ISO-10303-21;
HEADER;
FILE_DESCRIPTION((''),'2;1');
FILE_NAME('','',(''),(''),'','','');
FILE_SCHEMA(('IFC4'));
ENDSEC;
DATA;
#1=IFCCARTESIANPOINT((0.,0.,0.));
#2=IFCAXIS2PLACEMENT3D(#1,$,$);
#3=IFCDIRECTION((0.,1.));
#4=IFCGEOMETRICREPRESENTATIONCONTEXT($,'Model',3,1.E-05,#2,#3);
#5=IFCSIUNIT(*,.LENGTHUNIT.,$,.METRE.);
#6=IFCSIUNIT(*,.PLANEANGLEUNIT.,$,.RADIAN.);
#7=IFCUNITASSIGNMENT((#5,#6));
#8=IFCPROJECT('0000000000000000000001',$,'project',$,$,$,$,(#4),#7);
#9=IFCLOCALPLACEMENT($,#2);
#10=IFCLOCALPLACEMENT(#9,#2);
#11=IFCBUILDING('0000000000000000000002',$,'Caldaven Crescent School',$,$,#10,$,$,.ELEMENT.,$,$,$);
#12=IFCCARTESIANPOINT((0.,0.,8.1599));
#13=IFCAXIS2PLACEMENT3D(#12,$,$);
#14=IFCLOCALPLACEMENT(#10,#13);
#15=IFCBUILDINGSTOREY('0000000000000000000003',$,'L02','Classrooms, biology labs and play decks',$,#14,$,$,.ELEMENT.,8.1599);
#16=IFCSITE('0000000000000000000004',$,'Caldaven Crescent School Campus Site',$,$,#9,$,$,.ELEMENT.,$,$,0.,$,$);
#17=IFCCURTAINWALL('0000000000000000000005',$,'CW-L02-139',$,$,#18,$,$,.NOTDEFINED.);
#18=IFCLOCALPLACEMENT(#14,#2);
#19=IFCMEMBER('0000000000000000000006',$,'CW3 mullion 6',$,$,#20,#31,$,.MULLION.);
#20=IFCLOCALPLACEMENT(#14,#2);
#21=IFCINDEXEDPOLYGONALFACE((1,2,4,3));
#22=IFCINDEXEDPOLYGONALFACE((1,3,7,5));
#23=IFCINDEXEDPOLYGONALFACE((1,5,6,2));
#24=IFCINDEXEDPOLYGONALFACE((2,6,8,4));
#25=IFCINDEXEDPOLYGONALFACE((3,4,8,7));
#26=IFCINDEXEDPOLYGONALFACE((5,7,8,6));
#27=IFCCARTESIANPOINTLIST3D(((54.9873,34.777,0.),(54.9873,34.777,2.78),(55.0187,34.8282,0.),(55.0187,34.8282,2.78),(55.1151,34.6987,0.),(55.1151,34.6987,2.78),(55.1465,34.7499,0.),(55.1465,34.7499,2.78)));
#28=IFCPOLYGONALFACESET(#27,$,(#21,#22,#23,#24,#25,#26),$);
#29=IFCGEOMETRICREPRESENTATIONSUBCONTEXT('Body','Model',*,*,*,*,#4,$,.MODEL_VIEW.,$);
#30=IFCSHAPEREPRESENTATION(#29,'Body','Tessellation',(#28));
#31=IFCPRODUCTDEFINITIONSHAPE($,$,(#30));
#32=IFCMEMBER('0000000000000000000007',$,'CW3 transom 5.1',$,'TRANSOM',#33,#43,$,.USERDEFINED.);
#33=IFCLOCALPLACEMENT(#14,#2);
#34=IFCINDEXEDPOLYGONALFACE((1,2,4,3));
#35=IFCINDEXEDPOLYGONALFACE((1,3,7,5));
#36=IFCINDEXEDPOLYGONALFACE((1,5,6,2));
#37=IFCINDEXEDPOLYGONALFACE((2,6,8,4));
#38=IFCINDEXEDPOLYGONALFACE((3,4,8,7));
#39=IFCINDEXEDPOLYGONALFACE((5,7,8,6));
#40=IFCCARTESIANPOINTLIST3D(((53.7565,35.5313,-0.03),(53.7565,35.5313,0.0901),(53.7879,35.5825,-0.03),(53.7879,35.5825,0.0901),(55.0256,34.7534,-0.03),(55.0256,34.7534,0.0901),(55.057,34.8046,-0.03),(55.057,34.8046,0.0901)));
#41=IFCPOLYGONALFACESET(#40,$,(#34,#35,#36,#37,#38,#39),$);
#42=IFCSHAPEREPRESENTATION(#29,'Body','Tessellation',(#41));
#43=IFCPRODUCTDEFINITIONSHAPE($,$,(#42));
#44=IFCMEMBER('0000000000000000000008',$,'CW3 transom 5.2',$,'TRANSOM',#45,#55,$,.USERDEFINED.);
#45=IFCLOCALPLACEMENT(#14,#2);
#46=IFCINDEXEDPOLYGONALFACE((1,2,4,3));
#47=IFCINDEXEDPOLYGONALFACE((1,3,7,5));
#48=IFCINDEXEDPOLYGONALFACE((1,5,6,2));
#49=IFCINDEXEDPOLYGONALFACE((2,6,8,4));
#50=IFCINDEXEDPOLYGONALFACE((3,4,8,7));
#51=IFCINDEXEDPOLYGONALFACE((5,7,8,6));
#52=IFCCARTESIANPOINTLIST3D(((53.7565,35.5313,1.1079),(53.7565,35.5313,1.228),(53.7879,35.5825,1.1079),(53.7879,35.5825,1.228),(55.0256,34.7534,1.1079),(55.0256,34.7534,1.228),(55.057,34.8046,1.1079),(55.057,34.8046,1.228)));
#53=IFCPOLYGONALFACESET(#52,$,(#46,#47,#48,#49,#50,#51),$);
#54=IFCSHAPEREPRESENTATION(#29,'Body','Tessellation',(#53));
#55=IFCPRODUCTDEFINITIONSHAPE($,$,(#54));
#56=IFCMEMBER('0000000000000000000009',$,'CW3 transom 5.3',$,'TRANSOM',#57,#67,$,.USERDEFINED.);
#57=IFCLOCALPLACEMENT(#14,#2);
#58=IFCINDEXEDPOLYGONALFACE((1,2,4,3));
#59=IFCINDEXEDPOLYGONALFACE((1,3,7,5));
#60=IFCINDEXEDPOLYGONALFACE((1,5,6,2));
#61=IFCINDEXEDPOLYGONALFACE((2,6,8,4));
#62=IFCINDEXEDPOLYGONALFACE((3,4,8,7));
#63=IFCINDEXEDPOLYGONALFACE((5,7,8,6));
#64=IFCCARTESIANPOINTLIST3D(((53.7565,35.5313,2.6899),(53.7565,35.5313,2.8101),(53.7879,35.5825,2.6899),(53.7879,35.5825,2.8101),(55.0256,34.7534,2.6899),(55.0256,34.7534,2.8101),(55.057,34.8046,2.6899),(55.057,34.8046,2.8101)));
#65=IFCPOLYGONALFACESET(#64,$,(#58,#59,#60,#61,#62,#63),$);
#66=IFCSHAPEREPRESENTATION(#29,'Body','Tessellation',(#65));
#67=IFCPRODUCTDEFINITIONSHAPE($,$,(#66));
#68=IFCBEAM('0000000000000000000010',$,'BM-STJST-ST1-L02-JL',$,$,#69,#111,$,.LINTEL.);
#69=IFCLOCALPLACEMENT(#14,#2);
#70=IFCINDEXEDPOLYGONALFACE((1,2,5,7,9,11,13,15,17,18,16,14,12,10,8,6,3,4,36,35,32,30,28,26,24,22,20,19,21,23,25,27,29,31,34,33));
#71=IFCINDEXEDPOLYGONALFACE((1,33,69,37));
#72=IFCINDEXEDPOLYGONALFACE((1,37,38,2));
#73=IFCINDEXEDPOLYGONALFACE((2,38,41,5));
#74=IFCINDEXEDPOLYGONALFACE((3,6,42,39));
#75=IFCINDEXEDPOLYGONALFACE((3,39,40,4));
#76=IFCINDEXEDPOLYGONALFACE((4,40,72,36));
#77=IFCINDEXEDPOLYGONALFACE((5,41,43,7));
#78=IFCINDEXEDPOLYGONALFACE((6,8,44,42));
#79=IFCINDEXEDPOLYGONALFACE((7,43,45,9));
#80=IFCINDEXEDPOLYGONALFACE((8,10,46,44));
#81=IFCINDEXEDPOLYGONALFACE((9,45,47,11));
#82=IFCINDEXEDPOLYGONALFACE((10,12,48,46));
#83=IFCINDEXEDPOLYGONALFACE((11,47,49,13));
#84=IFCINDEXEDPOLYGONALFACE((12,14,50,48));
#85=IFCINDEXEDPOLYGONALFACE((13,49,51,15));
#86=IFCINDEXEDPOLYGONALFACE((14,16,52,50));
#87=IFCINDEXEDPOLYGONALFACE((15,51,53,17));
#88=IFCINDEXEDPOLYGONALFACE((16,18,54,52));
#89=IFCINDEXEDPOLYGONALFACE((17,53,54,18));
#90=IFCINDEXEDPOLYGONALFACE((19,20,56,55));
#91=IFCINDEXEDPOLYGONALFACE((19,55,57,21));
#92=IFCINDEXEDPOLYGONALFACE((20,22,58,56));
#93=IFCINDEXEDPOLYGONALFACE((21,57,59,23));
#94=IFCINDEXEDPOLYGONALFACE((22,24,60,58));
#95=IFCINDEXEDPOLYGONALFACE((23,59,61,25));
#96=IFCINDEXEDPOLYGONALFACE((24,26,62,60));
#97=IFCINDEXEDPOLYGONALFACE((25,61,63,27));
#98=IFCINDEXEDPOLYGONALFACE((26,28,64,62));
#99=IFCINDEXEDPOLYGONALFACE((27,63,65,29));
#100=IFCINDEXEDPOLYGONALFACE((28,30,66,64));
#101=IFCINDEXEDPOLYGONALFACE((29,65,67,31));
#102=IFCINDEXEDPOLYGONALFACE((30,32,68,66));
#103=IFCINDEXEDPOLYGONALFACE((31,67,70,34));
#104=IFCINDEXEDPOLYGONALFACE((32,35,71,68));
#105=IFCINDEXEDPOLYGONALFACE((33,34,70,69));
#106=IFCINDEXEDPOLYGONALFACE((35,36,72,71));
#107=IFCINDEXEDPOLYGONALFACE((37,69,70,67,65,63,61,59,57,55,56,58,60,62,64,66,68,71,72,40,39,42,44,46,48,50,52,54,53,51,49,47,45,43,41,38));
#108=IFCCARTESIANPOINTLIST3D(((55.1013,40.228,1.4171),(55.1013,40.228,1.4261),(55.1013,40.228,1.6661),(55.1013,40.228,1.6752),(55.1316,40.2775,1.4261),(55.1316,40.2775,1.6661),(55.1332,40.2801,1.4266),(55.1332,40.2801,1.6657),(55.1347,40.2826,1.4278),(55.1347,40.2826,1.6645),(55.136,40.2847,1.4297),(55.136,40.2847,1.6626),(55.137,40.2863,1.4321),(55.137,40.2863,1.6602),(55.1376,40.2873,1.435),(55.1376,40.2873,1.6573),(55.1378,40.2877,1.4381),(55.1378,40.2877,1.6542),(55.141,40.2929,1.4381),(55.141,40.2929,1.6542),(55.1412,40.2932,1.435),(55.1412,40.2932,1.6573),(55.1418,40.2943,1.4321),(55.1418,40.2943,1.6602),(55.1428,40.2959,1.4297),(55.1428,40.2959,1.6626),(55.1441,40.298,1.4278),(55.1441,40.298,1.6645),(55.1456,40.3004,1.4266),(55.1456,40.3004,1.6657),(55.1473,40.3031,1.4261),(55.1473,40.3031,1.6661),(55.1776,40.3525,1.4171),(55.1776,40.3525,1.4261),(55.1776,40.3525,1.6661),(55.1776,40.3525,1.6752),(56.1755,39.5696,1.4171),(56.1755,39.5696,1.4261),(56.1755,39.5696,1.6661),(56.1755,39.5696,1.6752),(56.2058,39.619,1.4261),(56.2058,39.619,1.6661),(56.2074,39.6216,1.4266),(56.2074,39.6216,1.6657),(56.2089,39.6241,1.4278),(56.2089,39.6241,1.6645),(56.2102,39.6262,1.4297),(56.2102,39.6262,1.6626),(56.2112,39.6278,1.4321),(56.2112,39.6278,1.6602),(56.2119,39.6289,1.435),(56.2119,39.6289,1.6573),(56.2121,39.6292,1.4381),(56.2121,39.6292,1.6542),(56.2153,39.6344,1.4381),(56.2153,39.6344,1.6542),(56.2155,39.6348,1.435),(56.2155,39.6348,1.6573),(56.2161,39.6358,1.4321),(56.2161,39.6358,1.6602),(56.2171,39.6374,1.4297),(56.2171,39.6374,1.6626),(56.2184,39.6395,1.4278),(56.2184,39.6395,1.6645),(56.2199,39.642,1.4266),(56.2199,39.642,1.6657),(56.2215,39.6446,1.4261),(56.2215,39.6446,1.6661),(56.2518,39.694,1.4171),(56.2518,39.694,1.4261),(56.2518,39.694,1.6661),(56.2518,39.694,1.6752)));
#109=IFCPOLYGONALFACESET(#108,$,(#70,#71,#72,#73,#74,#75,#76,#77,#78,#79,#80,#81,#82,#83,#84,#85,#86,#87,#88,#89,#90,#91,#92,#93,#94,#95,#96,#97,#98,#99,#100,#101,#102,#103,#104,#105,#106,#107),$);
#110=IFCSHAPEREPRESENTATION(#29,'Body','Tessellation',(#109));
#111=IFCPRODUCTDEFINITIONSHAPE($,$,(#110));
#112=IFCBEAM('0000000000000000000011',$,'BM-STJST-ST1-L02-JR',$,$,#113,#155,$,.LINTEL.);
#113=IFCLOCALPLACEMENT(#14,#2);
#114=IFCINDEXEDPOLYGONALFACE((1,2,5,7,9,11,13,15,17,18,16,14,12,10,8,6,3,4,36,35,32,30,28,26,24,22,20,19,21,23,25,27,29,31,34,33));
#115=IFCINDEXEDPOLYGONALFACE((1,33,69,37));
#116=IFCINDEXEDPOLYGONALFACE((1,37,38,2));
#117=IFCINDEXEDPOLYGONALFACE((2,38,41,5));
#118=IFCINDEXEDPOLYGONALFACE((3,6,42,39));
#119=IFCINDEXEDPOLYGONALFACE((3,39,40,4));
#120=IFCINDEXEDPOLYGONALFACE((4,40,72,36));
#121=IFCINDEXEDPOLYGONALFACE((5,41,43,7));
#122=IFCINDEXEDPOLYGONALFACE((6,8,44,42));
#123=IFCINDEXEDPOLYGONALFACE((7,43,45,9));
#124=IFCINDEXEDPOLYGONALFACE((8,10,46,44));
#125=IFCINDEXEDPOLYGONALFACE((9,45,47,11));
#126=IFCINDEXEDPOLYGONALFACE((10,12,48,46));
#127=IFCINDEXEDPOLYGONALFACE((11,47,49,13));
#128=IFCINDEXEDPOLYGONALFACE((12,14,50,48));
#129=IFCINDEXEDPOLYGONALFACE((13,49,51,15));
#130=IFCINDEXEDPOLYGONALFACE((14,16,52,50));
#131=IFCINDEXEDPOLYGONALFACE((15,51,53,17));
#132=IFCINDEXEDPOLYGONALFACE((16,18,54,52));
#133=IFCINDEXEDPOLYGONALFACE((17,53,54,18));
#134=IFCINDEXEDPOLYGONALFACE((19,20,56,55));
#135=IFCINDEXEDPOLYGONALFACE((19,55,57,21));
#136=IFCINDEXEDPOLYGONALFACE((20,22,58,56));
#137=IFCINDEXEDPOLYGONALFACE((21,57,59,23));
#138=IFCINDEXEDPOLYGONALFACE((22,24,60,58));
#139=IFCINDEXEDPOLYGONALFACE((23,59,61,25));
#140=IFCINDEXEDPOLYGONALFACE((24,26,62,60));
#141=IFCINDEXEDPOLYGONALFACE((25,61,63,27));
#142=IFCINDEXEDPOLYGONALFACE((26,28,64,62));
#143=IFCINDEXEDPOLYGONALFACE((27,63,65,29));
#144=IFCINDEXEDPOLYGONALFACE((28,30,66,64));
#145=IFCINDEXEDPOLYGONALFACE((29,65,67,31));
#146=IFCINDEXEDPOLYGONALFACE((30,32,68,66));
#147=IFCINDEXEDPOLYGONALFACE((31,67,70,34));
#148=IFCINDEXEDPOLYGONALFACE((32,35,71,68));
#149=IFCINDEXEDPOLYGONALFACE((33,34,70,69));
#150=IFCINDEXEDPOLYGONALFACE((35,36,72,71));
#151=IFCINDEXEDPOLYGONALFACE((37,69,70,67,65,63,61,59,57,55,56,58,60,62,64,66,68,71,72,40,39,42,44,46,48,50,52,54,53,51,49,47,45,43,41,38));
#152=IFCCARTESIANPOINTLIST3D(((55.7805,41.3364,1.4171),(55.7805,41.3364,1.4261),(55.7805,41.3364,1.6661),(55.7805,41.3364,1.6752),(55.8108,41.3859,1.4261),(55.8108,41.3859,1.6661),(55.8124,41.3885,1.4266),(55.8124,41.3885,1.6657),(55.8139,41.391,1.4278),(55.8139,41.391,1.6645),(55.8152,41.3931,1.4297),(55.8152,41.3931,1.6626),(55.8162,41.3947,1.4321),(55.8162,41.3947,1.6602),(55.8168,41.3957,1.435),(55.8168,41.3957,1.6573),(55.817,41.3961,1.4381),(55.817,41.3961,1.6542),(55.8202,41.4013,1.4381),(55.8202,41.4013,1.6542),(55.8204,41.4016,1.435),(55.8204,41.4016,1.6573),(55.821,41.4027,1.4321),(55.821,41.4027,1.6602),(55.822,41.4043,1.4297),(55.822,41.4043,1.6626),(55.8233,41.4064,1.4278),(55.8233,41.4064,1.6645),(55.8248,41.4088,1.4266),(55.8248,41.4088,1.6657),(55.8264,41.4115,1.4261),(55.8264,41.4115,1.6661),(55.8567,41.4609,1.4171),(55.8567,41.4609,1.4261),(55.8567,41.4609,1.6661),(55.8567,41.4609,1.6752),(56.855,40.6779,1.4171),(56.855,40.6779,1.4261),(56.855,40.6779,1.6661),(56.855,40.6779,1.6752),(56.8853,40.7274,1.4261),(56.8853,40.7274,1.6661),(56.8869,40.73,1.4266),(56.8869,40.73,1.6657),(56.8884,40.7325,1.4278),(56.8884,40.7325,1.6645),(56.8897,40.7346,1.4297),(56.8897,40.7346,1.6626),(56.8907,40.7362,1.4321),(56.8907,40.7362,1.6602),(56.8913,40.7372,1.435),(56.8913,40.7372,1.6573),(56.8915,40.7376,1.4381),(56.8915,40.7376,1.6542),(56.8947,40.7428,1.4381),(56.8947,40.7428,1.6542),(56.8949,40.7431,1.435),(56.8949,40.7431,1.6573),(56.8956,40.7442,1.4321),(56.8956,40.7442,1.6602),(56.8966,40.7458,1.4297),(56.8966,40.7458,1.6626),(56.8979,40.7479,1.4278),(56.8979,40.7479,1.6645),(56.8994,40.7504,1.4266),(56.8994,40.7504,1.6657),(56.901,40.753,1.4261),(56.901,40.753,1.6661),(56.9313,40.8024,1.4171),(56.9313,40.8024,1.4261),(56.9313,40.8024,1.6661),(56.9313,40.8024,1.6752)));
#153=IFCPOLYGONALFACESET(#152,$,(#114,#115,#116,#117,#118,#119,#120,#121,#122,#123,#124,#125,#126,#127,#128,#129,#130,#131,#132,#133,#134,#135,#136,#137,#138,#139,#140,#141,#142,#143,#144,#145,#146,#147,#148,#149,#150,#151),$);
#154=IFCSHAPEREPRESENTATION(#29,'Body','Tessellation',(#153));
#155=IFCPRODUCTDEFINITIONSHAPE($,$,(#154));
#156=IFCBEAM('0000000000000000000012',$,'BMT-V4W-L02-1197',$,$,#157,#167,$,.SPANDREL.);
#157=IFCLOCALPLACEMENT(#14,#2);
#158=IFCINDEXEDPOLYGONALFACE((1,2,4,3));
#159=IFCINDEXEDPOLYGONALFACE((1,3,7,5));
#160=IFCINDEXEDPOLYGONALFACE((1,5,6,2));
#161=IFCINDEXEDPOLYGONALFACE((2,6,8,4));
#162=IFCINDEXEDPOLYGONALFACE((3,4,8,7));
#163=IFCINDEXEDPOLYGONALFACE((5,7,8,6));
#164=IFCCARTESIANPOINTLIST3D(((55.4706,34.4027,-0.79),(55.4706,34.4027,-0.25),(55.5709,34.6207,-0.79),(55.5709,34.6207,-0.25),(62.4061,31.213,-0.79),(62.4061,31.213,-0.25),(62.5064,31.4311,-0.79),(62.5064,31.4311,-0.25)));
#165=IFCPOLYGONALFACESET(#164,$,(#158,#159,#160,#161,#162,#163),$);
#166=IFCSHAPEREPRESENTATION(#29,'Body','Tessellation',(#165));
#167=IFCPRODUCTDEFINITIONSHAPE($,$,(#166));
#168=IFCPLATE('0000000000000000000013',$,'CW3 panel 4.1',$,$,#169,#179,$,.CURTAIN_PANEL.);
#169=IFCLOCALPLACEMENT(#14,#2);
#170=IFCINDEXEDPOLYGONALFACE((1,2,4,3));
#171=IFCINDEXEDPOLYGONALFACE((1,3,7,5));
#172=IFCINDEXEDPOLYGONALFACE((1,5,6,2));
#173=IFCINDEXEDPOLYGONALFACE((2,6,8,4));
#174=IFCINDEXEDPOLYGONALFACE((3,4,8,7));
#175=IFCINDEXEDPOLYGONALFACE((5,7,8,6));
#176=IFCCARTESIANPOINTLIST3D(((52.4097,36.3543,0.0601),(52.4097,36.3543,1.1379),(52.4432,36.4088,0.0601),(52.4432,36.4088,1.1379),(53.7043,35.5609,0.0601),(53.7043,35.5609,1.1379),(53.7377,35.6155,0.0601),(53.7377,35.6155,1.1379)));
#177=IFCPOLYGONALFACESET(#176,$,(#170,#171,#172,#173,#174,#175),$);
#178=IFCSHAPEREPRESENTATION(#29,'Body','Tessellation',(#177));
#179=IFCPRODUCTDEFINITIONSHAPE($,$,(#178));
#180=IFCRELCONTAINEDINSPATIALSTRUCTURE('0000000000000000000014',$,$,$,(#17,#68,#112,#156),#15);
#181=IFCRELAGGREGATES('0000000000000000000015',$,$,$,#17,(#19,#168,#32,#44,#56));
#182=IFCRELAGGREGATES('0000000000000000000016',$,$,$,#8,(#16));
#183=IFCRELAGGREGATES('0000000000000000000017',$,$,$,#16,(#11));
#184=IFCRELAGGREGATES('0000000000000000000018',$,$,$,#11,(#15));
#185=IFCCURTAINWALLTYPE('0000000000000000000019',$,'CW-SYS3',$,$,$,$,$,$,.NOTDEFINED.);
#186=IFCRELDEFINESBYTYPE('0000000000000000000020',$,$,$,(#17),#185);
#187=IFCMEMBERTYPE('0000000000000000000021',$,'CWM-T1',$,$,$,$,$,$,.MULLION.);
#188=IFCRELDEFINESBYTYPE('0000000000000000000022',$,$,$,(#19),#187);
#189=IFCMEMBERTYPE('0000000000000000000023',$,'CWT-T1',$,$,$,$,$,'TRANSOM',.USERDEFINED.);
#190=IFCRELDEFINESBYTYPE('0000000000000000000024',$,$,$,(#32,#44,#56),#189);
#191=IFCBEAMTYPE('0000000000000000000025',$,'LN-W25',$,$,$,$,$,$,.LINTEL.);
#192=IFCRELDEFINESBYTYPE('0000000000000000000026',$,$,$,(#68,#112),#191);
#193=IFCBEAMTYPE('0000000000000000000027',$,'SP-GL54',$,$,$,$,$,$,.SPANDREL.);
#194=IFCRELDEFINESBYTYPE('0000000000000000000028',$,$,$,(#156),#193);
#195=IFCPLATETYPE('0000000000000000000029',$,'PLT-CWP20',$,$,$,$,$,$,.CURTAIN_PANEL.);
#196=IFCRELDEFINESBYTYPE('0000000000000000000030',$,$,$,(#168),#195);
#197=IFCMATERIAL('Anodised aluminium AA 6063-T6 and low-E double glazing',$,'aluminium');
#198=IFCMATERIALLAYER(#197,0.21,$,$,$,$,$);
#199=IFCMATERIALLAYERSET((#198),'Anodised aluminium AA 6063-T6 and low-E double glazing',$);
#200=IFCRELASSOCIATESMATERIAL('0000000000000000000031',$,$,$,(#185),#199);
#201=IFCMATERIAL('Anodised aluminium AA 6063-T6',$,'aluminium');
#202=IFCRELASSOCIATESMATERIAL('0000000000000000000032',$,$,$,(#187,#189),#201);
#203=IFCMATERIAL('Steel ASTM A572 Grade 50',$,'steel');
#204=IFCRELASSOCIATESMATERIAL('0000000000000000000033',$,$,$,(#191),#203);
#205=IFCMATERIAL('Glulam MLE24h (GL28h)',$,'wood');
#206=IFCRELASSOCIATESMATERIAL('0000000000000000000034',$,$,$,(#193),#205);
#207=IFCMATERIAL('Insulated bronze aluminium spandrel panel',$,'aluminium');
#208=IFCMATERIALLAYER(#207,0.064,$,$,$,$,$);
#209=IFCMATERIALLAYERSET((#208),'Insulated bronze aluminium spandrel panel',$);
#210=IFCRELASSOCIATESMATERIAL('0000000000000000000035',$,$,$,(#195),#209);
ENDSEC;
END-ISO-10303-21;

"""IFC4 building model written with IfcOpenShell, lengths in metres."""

from ifc_helpers import new_model, si_unit, direction, frame, origin, origin_2d, place, context, subcontext, project, spatial, rectangle, i_section, extrude, material, layer, layer_set, material_profile, profile_set, type_object, element, aggregate, save


model = new_model("IFC4")

# Units and contexts
model_context = context("Model", 3, precision=1e-05, world=origin(), true_north=direction((0.0, 1.0)))
body_context = subcontext(model_context, "Body", "Model", "MODEL_VIEW")
ifc_project = project(units=[si_unit("LENGTHUNIT", "METRE"), si_unit("PLANEANGLEUNIT", "RADIAN")], contexts=[model_context])

# Site, building, storey
site_placement = place(None, origin())
site = spatial("IfcSite", under=ifc_project, at=site_placement, Name="Caldaven Crescent School Campus Site", CompositionType="ELEMENT", RefElevation=0.0)
building_placement = place(site_placement, origin())
building = spatial("IfcBuilding", under=site, at=building_placement, Name="Caldaven Crescent School", CompositionType="ELEMENT")
storey_placement = place(building_placement, frame((0.0, 0.0, 8.1599)))
storey = spatial("IfcBuildingStorey", under=building, at=storey_placement, Name="L02", Description="Classrooms, biology labs and play decks", CompositionType="ELEMENT", Elevation=8.1599)

# Shared definitions
ifc_material_1 = material(Name="Glulam MLE24h (GL28h)", Category="wood")
ifc_material_2 = material(Name="Steel ASTM A572 Grade 50", Category="steel")

# Curtain wall, members
ifc_material_3 = material(Name="Anodised aluminium AA 6063-T6 and low-E double glazing", Category="aluminium")
ifc_layer_1 = layer(ifc_material_3, 0.21)
ifc_layer_set_1 = layer_set([ifc_layer_1], Name="Anodised aluminium AA 6063-T6 and low-E double glazing")
curtain_wall_type = type_object("IfcCurtainWallType", Name="CW-SYS3", PredefinedType="NOTDEFINED", material=ifc_layer_set_1)
curtain_wall_placement = place(storey_placement, origin())
curtain_wall = element("IfcCurtainWall", 1, at=curtain_wall_placement, inside=storey, type_object=curtain_wall_type, Name="CW-L02-139", PredefinedType="NOTDEFINED")
ifc_material_4 = material(Name="Anodised aluminium AA 6063-T6", Category="aluminium")
ifc_material_profile_1 = material_profile(ifc_material_4, rectangle(XDim=0.0601, YDim=0.1499, at=origin_2d()), Name="CWM 60x150")
ifc_profile_set_1 = profile_set([ifc_material_profile_1], Name="Anodised aluminium AA 6063-T6")
member_type_1 = type_object("IfcMemberType", Name="CWM-T1", PredefinedType="MULLION", material=ifc_profile_set_1)
member_1_placement = place(storey_placement, frame((55.0669, 34.7634, 0.0), z_axis=(0.0, 0.0, 1.0), x_axis=(0.522499, 0.85264, 0.0)))
member_1 = element("IfcMember", 2, at=member_1_placement, type_object=member_type_1, Name="CW3 mullion 6", PredefinedType="MULLION", context=body_context, shape_type="SweptSolid", body=[
    extrude(rectangle(XDim=0.0601, YDim=0.1499, at=origin_2d()), origin(), (0.0, 0.0, 1.0), 2.78),
])
ifc_material_profile_2 = material_profile(ifc_material_4, rectangle(XDim=0.0601, YDim=0.1201, at=origin_2d()), Name="CWT 60x120")
ifc_profile_set_2 = profile_set([ifc_material_profile_2], Name="Anodised aluminium AA 6063-T6")
member_type_2 = type_object("IfcMemberType", Name="CWT-T1", ElementType="TRANSOM", PredefinedType="USERDEFINED", material=ifc_profile_set_2)
member_2_placement = place(storey_placement, frame((53.7722, 35.5569, 0.03), z_axis=(0.852592, -0.522577, 0.0), x_axis=(0.522577, 0.852592, 0.0)))
member_2 = element("IfcMember", 3, at=member_2_placement, type_object=member_type_2, Name="CW3 transom 5.1", ObjectType="TRANSOM", PredefinedType="USERDEFINED", context=body_context, shape_type="SweptSolid", body=[
    extrude(rectangle(XDim=0.0601, YDim=0.1201, at=origin_2d()), origin(), (0.0, 0.0, 1.0), 1.4885),
])
member_3_placement = place(storey_placement, frame((53.7722, 35.5569, 1.168), z_axis=(0.852592, -0.522577, 0.0), x_axis=(0.522577, 0.852592, 0.0)))
member_3 = element("IfcMember", 4, at=member_3_placement, type_object=member_type_2, Name="CW3 transom 5.2", ObjectType="TRANSOM", PredefinedType="USERDEFINED", context=body_context, shape_type="SweptSolid", body=[
    extrude(rectangle(XDim=0.0601, YDim=0.1201, at=origin_2d()), origin(), (0.0, 0.0, 1.0), 1.4885),
])
member_4_placement = place(storey_placement, frame((53.7722, 35.5569, 2.75), z_axis=(0.852592, -0.522577, 0.0), x_axis=(0.522577, 0.852592, 0.0)))
member_4 = element("IfcMember", 5, at=member_4_placement, type_object=member_type_2, Name="CW3 transom 5.3", ObjectType="TRANSOM", PredefinedType="USERDEFINED", context=body_context, shape_type="SweptSolid", body=[
    extrude(rectangle(XDim=0.0601, YDim=0.1201, at=origin_2d()), origin(), (0.0, 0.0, 1.0), 1.4885),
])

# Beams
ifc_material_profile_3 = material_profile(ifc_material_2, i_section(OverallWidth=0.146, OverallDepth=0.2581, WebThickness=0.0061, FlangeThickness=0.009, FilletRadius=0.012, at=origin_2d()), Name="W250x33")
ifc_profile_set_3 = profile_set([ifc_material_profile_3], Name="Steel ASTM A572 Grade 50")
beam_type_1 = type_object("IfcBeamType", Name="LN-W25", PredefinedType="LINTEL", material=ifc_profile_set_3)
beam_1_placement = place(storey_placement, frame((55.1394, 40.2903, 1.5461), z_axis=(0.852582, -0.522594, 0.0), x_axis=(0.522594, 0.852582, 0.0)))
element("IfcBeam", 6, at=beam_1_placement, inside=storey, type_object=beam_type_1, Name="BM-STJST-ST1-L02-JL", PredefinedType="LINTEL", context=body_context, shape_type="SweptSolid", body=[
    extrude(i_section(OverallWidth=0.146, OverallDepth=0.2581, WebThickness=0.0061, FlangeThickness=0.009, FilletRadius=0.012, at=origin_2d()), origin(), (0.0, 0.0, 1.0), 1.26),
])
beam_2_placement = place(storey_placement, frame((55.8186, 41.3987, 1.5461), z_axis=(0.852635, -0.522508, 0.0), x_axis=(0.522508, 0.852635, 0.0)))
element("IfcBeam", 7, at=beam_2_placement, inside=storey, type_object=beam_type_1, Name="BM-STJST-ST1-L02-JR", PredefinedType="LINTEL", context=body_context, shape_type="SweptSolid", body=[
    extrude(i_section(OverallWidth=0.146, OverallDepth=0.2581, WebThickness=0.0061, FlangeThickness=0.009, FilletRadius=0.012, at=origin_2d()), origin(), (0.0, 0.0, 1.0), 1.2603),
])
ifc_material_profile_4 = material_profile(ifc_material_1, rectangle(XDim=0.24, YDim=0.54, at=origin_2d()), Name="MLE 240x540")
ifc_profile_set_4 = profile_set([ifc_material_profile_4], Name="Glulam MLE24h (GL28h)")
beam_type_2 = type_object("IfcBeamType", Name="SP-GL54", PredefinedType="SPANDREL", material=ifc_profile_set_4)
beam_3_placement = place(storey_placement, frame((55.5208, 34.5117, -0.52), z_axis=(0.908523, -0.417835, 0.0), x_axis=(0.417835, 0.908523, 0.0)))
element("IfcBeam", 8, at=beam_3_placement, inside=storey, type_object=beam_type_2, Name="BMT-V4W-L02-1197", PredefinedType="SPANDREL", context=body_context, shape_type="SweptSolid", body=[
    extrude(rectangle(XDim=0.24, YDim=0.54, at=origin_2d()), origin(), (0.0, 0.0, 1.0), 7.6338),
])

# Plate
ifc_material_5 = material(Name="Insulated bronze aluminium spandrel panel", Category="aluminium")
ifc_layer_2 = layer(ifc_material_5, 0.064)
ifc_layer_set_2 = layer_set([ifc_layer_2], Name="Insulated bronze aluminium spandrel panel")
plate_type = type_object("IfcPlateType", Name="PLT-CWP20", PredefinedType="CURTAIN_PANEL", material=ifc_layer_set_2)
plate_1_placement = place(storey_placement, frame((53.0737, 35.9849, 0.0601), z_axis=(0.0, 0.0, 1.0), x_axis=(0.85264, -0.522499, 0.0)))
plate_1 = element("IfcPlate", 9, at=plate_1_placement, type_object=plate_type, Name="CW3 panel 4.1", PredefinedType="CURTAIN_PANEL", context=body_context, shape_type="SweptSolid", body=[
    extrude(rectangle(XDim=1.5183, YDim=0.064, at=origin_2d()), origin(), (0.0, 0.0, 1.0), 1.0779),
])
aggregate(curtain_wall, [member_1, plate_1, member_2, member_3, member_4])

save(model, "model.ifc")
